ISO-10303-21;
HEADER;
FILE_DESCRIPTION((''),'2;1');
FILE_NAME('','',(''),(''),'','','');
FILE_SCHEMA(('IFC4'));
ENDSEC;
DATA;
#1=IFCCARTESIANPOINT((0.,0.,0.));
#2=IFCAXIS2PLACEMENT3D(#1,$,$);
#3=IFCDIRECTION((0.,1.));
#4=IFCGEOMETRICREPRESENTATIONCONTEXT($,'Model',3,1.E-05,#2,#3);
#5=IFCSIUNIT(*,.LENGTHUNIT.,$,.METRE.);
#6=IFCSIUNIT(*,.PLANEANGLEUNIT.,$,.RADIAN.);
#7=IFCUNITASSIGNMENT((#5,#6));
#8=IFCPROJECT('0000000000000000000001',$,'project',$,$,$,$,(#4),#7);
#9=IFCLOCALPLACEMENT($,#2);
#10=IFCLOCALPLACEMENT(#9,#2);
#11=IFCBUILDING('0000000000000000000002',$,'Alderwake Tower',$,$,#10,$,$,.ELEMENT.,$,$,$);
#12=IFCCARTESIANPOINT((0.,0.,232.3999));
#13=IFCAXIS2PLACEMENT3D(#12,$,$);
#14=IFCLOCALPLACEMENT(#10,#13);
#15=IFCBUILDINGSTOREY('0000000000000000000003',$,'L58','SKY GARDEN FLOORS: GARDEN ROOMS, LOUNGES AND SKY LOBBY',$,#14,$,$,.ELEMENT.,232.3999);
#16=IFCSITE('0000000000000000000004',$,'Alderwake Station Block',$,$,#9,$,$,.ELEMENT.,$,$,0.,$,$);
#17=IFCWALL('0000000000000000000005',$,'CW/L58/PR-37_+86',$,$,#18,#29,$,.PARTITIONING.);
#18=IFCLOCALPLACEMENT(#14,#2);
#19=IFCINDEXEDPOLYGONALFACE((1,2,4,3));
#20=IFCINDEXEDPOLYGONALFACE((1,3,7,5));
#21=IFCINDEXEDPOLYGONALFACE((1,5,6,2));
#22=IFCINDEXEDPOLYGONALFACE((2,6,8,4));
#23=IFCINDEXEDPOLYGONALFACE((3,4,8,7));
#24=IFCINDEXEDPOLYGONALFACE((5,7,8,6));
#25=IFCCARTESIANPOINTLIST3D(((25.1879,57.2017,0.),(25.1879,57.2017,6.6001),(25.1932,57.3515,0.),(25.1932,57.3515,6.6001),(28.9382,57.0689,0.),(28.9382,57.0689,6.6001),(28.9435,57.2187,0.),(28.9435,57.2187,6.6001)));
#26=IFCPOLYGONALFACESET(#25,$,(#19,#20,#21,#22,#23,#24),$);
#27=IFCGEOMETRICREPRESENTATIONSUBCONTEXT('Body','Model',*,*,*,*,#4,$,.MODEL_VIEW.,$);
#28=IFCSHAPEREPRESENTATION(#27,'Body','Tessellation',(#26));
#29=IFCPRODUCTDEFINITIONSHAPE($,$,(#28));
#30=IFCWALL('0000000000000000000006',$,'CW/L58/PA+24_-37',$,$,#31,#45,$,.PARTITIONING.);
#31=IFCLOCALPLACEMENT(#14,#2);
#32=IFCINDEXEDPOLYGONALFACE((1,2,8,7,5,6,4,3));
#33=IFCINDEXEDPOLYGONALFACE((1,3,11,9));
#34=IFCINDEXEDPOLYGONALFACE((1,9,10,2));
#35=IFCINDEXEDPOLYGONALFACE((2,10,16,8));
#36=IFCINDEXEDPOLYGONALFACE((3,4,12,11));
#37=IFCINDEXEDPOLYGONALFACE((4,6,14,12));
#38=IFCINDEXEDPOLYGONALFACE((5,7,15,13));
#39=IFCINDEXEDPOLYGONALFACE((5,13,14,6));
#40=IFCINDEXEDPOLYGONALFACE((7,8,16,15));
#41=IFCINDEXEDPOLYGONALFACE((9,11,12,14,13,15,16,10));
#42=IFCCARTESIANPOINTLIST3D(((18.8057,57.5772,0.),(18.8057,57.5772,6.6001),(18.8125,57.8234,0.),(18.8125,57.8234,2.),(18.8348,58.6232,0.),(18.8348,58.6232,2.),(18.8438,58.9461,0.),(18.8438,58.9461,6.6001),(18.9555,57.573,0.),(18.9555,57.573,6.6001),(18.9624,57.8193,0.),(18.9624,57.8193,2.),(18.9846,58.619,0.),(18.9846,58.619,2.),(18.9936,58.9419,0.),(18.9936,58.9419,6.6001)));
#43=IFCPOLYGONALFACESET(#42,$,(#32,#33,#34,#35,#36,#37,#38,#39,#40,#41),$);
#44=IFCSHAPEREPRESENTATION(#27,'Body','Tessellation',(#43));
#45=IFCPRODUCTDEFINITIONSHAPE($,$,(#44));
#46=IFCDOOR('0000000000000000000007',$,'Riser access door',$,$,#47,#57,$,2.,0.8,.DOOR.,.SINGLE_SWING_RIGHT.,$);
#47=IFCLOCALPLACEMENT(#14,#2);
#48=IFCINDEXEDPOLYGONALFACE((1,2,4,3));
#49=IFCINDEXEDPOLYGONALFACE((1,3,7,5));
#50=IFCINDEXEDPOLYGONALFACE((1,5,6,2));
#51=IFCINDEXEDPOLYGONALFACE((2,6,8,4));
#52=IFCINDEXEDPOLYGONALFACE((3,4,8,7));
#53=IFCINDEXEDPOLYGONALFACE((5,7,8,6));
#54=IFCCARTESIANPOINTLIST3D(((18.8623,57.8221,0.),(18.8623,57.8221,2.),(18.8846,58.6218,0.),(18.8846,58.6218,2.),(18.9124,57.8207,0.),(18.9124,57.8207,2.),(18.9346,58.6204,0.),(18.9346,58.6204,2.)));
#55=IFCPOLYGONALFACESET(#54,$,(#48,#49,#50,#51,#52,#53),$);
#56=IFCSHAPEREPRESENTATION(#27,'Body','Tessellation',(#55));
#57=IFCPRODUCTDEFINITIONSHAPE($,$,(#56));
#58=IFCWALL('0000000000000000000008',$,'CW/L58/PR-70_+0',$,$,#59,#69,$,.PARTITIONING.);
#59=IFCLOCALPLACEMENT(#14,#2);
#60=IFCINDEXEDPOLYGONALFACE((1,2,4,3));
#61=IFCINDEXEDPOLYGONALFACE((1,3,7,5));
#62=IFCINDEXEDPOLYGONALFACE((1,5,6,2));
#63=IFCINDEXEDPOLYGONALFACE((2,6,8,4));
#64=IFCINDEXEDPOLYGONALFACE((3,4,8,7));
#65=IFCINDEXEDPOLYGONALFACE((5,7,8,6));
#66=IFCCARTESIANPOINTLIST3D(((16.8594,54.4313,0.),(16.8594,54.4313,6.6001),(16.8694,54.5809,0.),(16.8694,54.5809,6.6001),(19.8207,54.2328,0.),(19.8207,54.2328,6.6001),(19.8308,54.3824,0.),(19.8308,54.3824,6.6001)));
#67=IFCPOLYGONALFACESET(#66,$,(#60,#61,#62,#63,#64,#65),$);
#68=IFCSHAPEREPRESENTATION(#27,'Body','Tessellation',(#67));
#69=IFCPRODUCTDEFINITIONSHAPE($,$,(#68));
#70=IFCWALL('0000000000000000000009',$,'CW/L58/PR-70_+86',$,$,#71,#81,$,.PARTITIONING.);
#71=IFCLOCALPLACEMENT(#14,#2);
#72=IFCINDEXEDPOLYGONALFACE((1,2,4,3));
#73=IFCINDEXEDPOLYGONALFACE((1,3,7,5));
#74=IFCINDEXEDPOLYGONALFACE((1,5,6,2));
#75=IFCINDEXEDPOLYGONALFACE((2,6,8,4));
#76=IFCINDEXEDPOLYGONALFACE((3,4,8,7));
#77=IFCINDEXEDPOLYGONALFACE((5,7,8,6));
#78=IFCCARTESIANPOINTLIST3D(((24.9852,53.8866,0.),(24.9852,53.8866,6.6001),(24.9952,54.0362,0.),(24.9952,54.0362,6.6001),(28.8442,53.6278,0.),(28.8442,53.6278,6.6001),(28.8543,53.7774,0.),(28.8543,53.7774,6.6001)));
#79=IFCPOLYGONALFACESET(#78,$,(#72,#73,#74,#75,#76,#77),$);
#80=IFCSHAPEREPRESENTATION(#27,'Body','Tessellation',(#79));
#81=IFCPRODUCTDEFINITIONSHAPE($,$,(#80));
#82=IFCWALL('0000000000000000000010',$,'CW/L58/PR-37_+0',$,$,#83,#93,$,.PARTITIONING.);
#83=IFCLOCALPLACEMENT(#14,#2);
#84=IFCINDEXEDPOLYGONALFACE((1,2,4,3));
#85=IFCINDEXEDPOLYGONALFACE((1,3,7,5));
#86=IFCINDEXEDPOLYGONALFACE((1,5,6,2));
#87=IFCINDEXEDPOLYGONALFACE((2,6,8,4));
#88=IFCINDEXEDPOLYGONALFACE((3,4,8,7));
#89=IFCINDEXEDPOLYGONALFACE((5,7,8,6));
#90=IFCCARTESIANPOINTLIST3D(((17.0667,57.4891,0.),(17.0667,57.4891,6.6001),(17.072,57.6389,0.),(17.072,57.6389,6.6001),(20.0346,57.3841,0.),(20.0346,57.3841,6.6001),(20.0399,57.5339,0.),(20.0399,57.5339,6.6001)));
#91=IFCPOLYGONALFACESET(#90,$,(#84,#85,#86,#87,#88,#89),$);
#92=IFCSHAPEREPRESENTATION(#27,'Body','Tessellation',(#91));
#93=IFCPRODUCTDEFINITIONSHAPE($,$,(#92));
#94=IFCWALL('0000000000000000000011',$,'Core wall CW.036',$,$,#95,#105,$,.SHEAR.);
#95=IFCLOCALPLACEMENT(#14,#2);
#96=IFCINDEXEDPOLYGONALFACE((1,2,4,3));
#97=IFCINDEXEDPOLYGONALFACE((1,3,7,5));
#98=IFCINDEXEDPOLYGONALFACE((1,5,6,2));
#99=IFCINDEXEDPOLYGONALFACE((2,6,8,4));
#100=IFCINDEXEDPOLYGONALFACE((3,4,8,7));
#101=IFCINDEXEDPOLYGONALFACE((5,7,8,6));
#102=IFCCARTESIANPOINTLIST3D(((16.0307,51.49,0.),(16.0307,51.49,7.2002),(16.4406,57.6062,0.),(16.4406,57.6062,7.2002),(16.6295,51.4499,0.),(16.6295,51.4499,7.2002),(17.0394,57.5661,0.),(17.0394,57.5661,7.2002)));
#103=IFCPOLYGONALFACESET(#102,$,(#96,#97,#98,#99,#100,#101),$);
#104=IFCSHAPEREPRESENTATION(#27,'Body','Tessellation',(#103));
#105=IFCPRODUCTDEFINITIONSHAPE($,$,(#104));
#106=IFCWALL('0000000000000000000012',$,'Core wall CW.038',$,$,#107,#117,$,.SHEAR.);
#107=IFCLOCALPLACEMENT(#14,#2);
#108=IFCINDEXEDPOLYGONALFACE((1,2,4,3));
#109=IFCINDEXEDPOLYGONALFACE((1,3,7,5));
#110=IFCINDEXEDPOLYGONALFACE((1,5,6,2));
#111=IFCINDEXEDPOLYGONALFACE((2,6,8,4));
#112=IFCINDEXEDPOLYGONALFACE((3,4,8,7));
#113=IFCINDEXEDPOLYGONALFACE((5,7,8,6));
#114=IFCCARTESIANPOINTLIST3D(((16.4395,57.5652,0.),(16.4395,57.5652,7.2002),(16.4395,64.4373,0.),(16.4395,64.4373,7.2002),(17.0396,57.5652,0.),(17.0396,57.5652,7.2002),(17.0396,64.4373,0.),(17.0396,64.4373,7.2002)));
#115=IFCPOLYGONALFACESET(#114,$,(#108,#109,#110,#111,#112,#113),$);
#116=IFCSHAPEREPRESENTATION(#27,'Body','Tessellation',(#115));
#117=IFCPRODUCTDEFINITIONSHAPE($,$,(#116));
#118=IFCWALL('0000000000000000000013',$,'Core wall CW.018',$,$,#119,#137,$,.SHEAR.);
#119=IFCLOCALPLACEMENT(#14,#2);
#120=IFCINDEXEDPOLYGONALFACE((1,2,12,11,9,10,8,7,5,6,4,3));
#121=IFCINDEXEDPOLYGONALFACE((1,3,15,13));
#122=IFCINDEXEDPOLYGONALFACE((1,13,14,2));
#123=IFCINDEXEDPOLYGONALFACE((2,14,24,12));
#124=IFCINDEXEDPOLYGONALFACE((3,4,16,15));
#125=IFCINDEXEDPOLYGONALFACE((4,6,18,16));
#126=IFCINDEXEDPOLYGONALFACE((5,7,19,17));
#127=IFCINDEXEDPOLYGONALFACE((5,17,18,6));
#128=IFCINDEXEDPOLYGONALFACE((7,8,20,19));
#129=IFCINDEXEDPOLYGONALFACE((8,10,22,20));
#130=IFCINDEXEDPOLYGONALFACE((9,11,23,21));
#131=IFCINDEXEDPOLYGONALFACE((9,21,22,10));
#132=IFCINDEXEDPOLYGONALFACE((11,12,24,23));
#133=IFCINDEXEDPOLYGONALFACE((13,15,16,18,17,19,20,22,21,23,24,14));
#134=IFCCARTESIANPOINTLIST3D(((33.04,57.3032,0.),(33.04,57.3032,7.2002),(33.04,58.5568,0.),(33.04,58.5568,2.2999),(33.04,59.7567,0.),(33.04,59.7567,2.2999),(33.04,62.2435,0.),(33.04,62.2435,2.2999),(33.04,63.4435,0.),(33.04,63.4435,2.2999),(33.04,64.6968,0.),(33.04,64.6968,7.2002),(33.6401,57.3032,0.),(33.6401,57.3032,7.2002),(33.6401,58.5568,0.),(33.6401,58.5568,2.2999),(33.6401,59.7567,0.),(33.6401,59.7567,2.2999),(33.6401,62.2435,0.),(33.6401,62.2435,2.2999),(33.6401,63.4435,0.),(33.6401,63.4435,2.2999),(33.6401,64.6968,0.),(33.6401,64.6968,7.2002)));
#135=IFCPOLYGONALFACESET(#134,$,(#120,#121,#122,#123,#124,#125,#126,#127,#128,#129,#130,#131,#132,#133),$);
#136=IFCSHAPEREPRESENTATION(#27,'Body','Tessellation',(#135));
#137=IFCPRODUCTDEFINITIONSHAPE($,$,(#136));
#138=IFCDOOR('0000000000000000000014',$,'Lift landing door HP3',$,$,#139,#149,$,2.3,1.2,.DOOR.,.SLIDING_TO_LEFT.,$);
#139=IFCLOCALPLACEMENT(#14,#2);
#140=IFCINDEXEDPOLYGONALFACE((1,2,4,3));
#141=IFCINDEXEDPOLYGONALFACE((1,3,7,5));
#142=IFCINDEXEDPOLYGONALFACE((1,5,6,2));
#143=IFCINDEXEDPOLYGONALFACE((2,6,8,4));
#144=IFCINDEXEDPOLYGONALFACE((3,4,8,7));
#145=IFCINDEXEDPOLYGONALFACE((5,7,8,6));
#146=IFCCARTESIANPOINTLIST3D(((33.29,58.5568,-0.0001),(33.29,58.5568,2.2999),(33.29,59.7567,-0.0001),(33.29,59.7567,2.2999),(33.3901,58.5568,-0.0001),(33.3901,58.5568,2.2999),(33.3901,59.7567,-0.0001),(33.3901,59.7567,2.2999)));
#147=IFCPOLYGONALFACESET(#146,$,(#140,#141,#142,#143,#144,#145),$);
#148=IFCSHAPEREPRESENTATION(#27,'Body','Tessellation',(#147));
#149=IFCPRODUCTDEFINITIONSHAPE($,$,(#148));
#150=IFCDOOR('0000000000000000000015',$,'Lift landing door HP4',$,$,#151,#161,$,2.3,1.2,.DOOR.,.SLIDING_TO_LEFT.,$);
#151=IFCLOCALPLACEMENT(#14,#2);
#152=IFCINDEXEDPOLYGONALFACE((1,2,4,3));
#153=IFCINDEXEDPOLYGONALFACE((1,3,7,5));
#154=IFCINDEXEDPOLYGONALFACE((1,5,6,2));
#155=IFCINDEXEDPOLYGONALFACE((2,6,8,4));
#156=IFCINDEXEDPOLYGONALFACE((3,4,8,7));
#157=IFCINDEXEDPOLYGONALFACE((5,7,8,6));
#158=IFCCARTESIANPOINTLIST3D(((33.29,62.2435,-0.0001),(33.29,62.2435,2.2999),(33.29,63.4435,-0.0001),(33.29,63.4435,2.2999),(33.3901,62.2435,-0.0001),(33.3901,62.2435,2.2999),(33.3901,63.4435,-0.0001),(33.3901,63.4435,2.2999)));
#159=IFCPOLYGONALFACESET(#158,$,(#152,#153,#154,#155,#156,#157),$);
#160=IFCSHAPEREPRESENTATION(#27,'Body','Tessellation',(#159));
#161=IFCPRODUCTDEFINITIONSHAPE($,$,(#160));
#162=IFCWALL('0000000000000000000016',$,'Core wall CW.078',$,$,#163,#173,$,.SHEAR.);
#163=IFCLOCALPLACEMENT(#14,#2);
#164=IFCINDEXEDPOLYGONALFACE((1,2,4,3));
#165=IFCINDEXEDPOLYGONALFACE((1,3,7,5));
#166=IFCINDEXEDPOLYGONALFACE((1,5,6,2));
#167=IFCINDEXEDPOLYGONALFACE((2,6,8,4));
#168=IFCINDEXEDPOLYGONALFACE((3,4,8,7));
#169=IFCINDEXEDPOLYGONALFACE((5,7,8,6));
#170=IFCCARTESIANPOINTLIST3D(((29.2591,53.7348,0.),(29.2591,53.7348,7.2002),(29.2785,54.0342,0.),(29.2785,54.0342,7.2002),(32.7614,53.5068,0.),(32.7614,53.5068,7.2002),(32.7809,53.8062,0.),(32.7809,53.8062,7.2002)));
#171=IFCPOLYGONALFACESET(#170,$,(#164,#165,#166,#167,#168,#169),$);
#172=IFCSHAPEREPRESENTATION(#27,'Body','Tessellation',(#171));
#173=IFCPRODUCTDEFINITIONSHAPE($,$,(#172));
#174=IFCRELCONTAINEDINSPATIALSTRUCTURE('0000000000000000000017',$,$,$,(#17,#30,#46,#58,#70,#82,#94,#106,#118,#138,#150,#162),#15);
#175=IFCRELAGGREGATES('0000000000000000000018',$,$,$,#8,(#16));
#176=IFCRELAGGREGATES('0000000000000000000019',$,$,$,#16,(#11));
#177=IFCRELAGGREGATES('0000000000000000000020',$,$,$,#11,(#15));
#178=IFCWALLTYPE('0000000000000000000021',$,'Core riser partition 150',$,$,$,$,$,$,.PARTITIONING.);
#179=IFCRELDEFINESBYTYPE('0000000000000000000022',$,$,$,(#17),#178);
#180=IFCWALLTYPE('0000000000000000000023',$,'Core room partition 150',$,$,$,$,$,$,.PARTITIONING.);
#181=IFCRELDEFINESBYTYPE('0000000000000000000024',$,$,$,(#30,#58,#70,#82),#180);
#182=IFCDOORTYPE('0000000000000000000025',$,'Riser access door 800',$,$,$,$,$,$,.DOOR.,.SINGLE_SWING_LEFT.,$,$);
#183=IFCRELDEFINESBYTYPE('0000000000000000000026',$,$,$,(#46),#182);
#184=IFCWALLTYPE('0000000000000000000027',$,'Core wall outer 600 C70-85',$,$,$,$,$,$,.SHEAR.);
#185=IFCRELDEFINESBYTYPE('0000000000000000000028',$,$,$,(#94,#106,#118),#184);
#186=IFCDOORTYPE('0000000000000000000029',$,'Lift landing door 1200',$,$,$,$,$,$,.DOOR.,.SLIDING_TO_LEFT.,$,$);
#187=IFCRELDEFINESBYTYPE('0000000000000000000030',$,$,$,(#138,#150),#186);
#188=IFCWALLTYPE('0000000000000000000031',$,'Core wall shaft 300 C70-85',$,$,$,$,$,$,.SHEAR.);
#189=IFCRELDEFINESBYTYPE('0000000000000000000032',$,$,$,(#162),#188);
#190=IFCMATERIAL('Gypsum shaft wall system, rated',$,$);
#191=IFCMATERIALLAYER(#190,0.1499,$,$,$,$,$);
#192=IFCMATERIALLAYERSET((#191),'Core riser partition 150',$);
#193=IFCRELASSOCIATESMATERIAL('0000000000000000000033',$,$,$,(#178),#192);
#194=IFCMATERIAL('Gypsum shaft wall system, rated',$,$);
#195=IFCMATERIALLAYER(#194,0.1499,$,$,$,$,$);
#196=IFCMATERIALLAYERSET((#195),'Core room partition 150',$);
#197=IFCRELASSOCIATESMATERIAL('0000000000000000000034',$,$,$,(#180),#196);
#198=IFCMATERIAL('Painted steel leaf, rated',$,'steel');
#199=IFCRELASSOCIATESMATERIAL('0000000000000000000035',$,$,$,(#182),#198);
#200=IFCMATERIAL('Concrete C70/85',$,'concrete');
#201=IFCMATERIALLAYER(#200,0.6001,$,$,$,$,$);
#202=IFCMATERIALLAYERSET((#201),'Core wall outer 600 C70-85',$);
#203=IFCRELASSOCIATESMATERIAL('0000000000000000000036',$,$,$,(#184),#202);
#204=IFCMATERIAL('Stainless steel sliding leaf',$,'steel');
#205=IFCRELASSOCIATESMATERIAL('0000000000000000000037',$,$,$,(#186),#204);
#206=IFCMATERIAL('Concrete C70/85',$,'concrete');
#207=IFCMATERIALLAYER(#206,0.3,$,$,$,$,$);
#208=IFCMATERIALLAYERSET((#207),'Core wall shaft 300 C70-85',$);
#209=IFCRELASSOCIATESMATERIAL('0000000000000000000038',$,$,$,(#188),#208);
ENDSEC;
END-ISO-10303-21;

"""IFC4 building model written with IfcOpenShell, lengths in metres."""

from ifc_helpers import new_model, si_unit, direction, frame, frame_2d, origin, place, context, subcontext, project, spatial, rectangle, extrude, material, layer, layer_set, type_object, element, fill, save


model = new_model("IFC4")

# Units and contexts
model_context = context("Model", 3, precision=1e-05, world=origin(), true_north=direction((0.0, 1.0)))
body_context = subcontext(model_context, "Body", "Model", "MODEL_VIEW")
ifc_project = project(units=[si_unit("LENGTHUNIT", "METRE"), si_unit("PLANEANGLEUNIT", "RADIAN")], contexts=[model_context])

# Site, building, storey
site_placement = place(None, origin())
site = spatial("IfcSite", under=ifc_project, at=site_placement, Name="Alderwake Station Block", CompositionType="ELEMENT", RefElevation=0.0)
building_placement = place(site_placement, origin())
building = spatial("IfcBuilding", under=site, at=building_placement, Name="Alderwake Tower", CompositionType="ELEMENT")
storey_placement = place(building_placement, frame((0.0, 0.0, 232.3999)))
storey = spatial("IfcBuildingStorey", under=building, at=storey_placement, Name="L58", Description="SKY GARDEN FLOORS: GARDEN ROOMS, LOUNGES AND SKY LOBBY", CompositionType="ELEMENT", Elevation=232.3999)

# Wall
ifc_material_1 = material(Name="Gypsum shaft wall system, rated")
ifc_layer_1 = layer(ifc_material_1, 0.1499)
ifc_layer_set_1 = layer_set([ifc_layer_1], Name="Core riser partition 150")
wall_type_1 = type_object("IfcWallType", Name="Core riser partition 150", PredefinedType="PARTITIONING", material=ifc_layer_set_1)
wall_1_placement = place(storey_placement, frame((25.1904, 57.2766, 0.0), z_axis=(0.0, 0.0, 1.0), x_axis=(0.999374, -0.035392, 0.0)))
element("IfcWall", 1, at=wall_1_placement, inside=storey, type_object=wall_type_1, Name="CW/L58/PR-37_+86", PredefinedType="PARTITIONING", context=body_context, shape_type="SweptSolid", body=[
    extrude(rectangle(XDim=3.7527, YDim=0.1499, at=frame_2d((1.8765, 0.0))), origin(), (0.0, 0.0, 1.0), 6.6001),
])

# Wall, opening, door
ifc_material_2 = material(Name="Gypsum shaft wall system, rated")
ifc_layer_2 = layer(ifc_material_2, 0.1499)
ifc_layer_set_2 = layer_set([ifc_layer_2], Name="Core room partition 150")
wall_type_2 = type_object("IfcWallType", Name="Core room partition 150", PredefinedType="PARTITIONING", material=ifc_layer_set_2)
wall_2_placement = place(storey_placement, frame((18.9187, 58.9438, 0.0), z_axis=(0.0, 0.0, 1.0), x_axis=(-0.027812, -0.999613, 0.0)))
wall_2 = element("IfcWall", 2, at=wall_2_placement, inside=storey, type_object=wall_type_2, Name="CW/L58/PA+24_-37", PredefinedType="PARTITIONING", context=body_context, shape_type="SweptSolid", body=[
    extrude(rectangle(XDim=1.3694, YDim=0.1499, at=frame_2d((0.6846, 0.0))), origin(), (0.0, 0.0, 1.0), 6.6001),
])
opening_1_placement = place(wall_2_placement, frame((0.323, 0.0, 0.0)))
opening_1 = element("IfcOpeningElement", 3, at=opening_1_placement, cuts=wall_2, PredefinedType="OPENING", context=body_context, shape_type="SweptSolid", body=[
    extrude(rectangle(XDim=0.8, YDim=2.0, at=frame_2d((0.3999, 1.0))), frame((0.0, 0.085, 0.0), z_axis=(0.0, -1.0, 0.0), x_axis=(1.0, 0.0, 0.0)), (0.0, 0.0, 1.0), 0.1699),
])
ifc_material_3 = material(Name="Painted steel leaf, rated", Category="steel")
door_type_1 = type_object("IfcDoorType", Name="Riser access door 800", OperationType="SINGLE_SWING_LEFT", PredefinedType="DOOR", material=ifc_material_3)
door_1_placement = place(opening_1_placement, origin())
door_1 = element("IfcDoor", 4, at=door_1_placement, inside=storey, type_object=door_type_1, Name="Riser access door", OperationType="SINGLE_SWING_RIGHT", OverallHeight=2.0, OverallWidth=0.8, PredefinedType="DOOR", context=body_context, shape_type="SweptSolid", body=[
    extrude(rectangle(XDim=0.8, YDim=2.0, at=frame_2d((0.3999, 1.0))), frame((0.0, 0.0249, 0.0), z_axis=(0.0, -1.0, 0.0), x_axis=(1.0, 0.0, 0.0)), (0.0, 0.0, 1.0), 0.05),
])
fill(opening_1, door_1)

# Walls
wall_3_placement = place(storey_placement, frame((16.8645, 54.5061, 0.0), z_axis=(0.0, 0.0, 1.0), x_axis=(0.997761, -0.066874, 0.0)))
element("IfcWall", 5, at=wall_3_placement, inside=storey, type_object=wall_type_2, Name="CW/L58/PR-70_+0", PredefinedType="PARTITIONING", context=body_context, shape_type="SweptSolid", body=[
    extrude(rectangle(XDim=2.968, YDim=0.1499, at=frame_2d((1.4839, 0.0))), origin(), (0.0, 0.0, 1.0), 6.6001),
])
wall_4_placement = place(storey_placement, frame((24.9902, 53.9614, 0.0), z_axis=(0.0, 0.0, 1.0), x_axis=(0.997759, -0.066913, 0.0)))
element("IfcWall", 6, at=wall_4_placement, inside=storey, type_object=wall_type_2, Name="CW/L58/PR-70_+86", PredefinedType="PARTITIONING", context=body_context, shape_type="SweptSolid", body=[
    extrude(rectangle(XDim=3.8677, YDim=0.1499, at=frame_2d((1.9338, 0.0))), origin(), (0.0, 0.0, 1.0), 6.6001),
])
wall_5_placement = place(storey_placement, frame((17.0693, 57.564, 0.0), z_axis=(0.0, 0.0, 1.0), x_axis=(0.999375, -0.035351, 0.0)))
element("IfcWall", 7, at=wall_5_placement, inside=storey, type_object=wall_type_2, Name="CW/L58/PR-37_+0", PredefinedType="PARTITIONING", context=body_context, shape_type="SweptSolid", body=[
    extrude(rectangle(XDim=2.9697, YDim=0.1499, at=frame_2d((1.4849, 0.0))), origin(), (0.0, 0.0, 1.0), 6.6001),
])
ifc_material_4 = material(Name="Concrete C70/85", Category="concrete")
ifc_layer_3 = layer(ifc_material_4, 0.6001)
ifc_layer_set_3 = layer_set([ifc_layer_3], Name="Core wall outer 600 C70-85")
wall_type_3 = type_object("IfcWallType", Name="Core wall outer 600 C70-85", PredefinedType="SHEAR", material=ifc_layer_set_3)
wall_6_placement = place(storey_placement, frame((16.3301, 51.47, 0.0), z_axis=(0.0, 0.0, 1.0), x_axis=(0.066871, 0.997762, 0.0)))
element("IfcWall", 8, at=wall_6_placement, inside=storey, type_object=wall_type_3, Name="Core wall CW.036", PredefinedType="SHEAR", context=body_context, shape_type="SweptSolid", body=[
    extrude(rectangle(XDim=6.1299, YDim=0.6001, at=frame_2d((3.0649, 0.0))), origin(), (0.0, 0.0, 1.0), 7.2002),
])
wall_7_placement = place(storey_placement, frame((16.7395, 57.5652, 0.0), z_axis=(0.0, 0.0, 1.0), x_axis=(0.0, 1.0, 0.0)))
element("IfcWall", 9, at=wall_7_placement, inside=storey, type_object=wall_type_3, Name="Core wall CW.038", PredefinedType="SHEAR", context=body_context, shape_type="SweptSolid", body=[
    extrude(rectangle(XDim=6.8721, YDim=0.6001, at=frame_2d((3.436, 0.0))), origin(), (0.0, 0.0, 1.0), 7.2002),
])

# Wall, openings, doors
wall_8_placement = place(storey_placement, frame((33.3401, 57.3032, 0.0), z_axis=(0.0, 0.0, 1.0), x_axis=(0.0, 1.0, 0.0)))
wall_8 = element("IfcWall", 10, at=wall_8_placement, inside=storey, type_object=wall_type_3, Name="Core wall CW.018", PredefinedType="SHEAR", context=body_context, shape_type="SweptSolid", body=[
    extrude(rectangle(XDim=7.3936, YDim=0.6001, at=frame_2d((3.6968, 0.0))), origin(), (0.0, 0.0, 1.0), 7.2002),
])
opening_2_placement = place(wall_8_placement, frame((1.2534, 0.0, 0.0)))
opening_2 = element("IfcOpeningElement", 11, at=opening_2_placement, cuts=wall_8, PredefinedType="OPENING", context=body_context, shape_type="SweptSolid", body=[
    extrude(rectangle(XDim=1.2, YDim=2.3, at=frame_2d((0.6001, 1.1499))), frame((0.0, 0.3101, 0.0), z_axis=(0.0, -1.0, 0.0), x_axis=(1.0, 0.0, 0.0)), (0.0, 0.0, 1.0), 0.6201),
])
opening_3_placement = place(wall_8_placement, frame((4.9402, 0.0, 0.0)))
opening_3 = element("IfcOpeningElement", 12, at=opening_3_placement, cuts=wall_8, PredefinedType="OPENING", context=body_context, shape_type="SweptSolid", body=[
    extrude(rectangle(XDim=1.2, YDim=2.3, at=frame_2d((0.6001, 1.1499))), frame((0.0, 0.3101, 0.0), z_axis=(0.0, -1.0, 0.0), x_axis=(1.0, 0.0, 0.0)), (0.0, 0.0, 1.0), 0.6201),
])
ifc_material_5 = material(Name="Stainless steel sliding leaf", Category="steel")
door_type_2 = type_object("IfcDoorType", Name="Lift landing door 1200", OperationType="SLIDING_TO_LEFT", PredefinedType="DOOR", material=ifc_material_5)
door_2_placement = place(opening_2_placement, origin())
door_2 = element("IfcDoor", 13, at=door_2_placement, inside=storey, type_object=door_type_2, Name="Lift landing door HP3", OperationType="SLIDING_TO_LEFT", OverallHeight=2.3, OverallWidth=1.2, PredefinedType="DOOR", context=body_context, shape_type="SweptSolid", body=[
    extrude(rectangle(XDim=1.2, YDim=2.3, at=frame_2d((0.6001, 1.1499))), frame((0.0, 0.05, 0.0), z_axis=(0.0, -1.0, 0.0), x_axis=(1.0, 0.0, 0.0)), (0.0, 0.0, 1.0), 0.1001),
])
fill(opening_2, door_2)
door_3_placement = place(opening_3_placement, origin())
door_3 = element("IfcDoor", 14, at=door_3_placement, inside=storey, type_object=door_type_2, Name="Lift landing door HP4", OperationType="SLIDING_TO_LEFT", OverallHeight=2.3, OverallWidth=1.2, PredefinedType="DOOR", context=body_context, shape_type="SweptSolid", body=[
    extrude(rectangle(XDim=1.2, YDim=2.3, at=frame_2d((0.6001, 1.1499))), frame((0.0, 0.05, 0.0), z_axis=(0.0, -1.0, 0.0), x_axis=(1.0, 0.0, 0.0)), (0.0, 0.0, 1.0), 0.1001),
])
fill(opening_3, door_3)

# Wall
ifc_material_6 = material(Name="Concrete C70/85", Category="concrete")
ifc_layer_4 = layer(ifc_material_6, 0.3)
ifc_layer_set_4 = layer_set([ifc_layer_4], Name="Core wall shaft 300 C70-85")
wall_type_4 = type_object("IfcWallType", Name="Core wall shaft 300 C70-85", PredefinedType="SHEAR", material=ifc_layer_set_4)
wall_9_placement = place(storey_placement, frame((29.2688, 53.8845, 0.0), z_axis=(0.0, 0.0, 1.0), x_axis=(0.997887, -0.064968, 0.0)))
element("IfcWall", 15, at=wall_9_placement, inside=storey, type_object=wall_type_4, Name="Core wall CW.078", PredefinedType="SHEAR", context=body_context, shape_type="SweptSolid", body=[
    extrude(rectangle(XDim=3.5098, YDim=0.3, at=frame_2d((1.7549, 0.0))), origin(), (0.0, 0.0, 1.0), 7.2002),
])

save(model, "model.ifc")
